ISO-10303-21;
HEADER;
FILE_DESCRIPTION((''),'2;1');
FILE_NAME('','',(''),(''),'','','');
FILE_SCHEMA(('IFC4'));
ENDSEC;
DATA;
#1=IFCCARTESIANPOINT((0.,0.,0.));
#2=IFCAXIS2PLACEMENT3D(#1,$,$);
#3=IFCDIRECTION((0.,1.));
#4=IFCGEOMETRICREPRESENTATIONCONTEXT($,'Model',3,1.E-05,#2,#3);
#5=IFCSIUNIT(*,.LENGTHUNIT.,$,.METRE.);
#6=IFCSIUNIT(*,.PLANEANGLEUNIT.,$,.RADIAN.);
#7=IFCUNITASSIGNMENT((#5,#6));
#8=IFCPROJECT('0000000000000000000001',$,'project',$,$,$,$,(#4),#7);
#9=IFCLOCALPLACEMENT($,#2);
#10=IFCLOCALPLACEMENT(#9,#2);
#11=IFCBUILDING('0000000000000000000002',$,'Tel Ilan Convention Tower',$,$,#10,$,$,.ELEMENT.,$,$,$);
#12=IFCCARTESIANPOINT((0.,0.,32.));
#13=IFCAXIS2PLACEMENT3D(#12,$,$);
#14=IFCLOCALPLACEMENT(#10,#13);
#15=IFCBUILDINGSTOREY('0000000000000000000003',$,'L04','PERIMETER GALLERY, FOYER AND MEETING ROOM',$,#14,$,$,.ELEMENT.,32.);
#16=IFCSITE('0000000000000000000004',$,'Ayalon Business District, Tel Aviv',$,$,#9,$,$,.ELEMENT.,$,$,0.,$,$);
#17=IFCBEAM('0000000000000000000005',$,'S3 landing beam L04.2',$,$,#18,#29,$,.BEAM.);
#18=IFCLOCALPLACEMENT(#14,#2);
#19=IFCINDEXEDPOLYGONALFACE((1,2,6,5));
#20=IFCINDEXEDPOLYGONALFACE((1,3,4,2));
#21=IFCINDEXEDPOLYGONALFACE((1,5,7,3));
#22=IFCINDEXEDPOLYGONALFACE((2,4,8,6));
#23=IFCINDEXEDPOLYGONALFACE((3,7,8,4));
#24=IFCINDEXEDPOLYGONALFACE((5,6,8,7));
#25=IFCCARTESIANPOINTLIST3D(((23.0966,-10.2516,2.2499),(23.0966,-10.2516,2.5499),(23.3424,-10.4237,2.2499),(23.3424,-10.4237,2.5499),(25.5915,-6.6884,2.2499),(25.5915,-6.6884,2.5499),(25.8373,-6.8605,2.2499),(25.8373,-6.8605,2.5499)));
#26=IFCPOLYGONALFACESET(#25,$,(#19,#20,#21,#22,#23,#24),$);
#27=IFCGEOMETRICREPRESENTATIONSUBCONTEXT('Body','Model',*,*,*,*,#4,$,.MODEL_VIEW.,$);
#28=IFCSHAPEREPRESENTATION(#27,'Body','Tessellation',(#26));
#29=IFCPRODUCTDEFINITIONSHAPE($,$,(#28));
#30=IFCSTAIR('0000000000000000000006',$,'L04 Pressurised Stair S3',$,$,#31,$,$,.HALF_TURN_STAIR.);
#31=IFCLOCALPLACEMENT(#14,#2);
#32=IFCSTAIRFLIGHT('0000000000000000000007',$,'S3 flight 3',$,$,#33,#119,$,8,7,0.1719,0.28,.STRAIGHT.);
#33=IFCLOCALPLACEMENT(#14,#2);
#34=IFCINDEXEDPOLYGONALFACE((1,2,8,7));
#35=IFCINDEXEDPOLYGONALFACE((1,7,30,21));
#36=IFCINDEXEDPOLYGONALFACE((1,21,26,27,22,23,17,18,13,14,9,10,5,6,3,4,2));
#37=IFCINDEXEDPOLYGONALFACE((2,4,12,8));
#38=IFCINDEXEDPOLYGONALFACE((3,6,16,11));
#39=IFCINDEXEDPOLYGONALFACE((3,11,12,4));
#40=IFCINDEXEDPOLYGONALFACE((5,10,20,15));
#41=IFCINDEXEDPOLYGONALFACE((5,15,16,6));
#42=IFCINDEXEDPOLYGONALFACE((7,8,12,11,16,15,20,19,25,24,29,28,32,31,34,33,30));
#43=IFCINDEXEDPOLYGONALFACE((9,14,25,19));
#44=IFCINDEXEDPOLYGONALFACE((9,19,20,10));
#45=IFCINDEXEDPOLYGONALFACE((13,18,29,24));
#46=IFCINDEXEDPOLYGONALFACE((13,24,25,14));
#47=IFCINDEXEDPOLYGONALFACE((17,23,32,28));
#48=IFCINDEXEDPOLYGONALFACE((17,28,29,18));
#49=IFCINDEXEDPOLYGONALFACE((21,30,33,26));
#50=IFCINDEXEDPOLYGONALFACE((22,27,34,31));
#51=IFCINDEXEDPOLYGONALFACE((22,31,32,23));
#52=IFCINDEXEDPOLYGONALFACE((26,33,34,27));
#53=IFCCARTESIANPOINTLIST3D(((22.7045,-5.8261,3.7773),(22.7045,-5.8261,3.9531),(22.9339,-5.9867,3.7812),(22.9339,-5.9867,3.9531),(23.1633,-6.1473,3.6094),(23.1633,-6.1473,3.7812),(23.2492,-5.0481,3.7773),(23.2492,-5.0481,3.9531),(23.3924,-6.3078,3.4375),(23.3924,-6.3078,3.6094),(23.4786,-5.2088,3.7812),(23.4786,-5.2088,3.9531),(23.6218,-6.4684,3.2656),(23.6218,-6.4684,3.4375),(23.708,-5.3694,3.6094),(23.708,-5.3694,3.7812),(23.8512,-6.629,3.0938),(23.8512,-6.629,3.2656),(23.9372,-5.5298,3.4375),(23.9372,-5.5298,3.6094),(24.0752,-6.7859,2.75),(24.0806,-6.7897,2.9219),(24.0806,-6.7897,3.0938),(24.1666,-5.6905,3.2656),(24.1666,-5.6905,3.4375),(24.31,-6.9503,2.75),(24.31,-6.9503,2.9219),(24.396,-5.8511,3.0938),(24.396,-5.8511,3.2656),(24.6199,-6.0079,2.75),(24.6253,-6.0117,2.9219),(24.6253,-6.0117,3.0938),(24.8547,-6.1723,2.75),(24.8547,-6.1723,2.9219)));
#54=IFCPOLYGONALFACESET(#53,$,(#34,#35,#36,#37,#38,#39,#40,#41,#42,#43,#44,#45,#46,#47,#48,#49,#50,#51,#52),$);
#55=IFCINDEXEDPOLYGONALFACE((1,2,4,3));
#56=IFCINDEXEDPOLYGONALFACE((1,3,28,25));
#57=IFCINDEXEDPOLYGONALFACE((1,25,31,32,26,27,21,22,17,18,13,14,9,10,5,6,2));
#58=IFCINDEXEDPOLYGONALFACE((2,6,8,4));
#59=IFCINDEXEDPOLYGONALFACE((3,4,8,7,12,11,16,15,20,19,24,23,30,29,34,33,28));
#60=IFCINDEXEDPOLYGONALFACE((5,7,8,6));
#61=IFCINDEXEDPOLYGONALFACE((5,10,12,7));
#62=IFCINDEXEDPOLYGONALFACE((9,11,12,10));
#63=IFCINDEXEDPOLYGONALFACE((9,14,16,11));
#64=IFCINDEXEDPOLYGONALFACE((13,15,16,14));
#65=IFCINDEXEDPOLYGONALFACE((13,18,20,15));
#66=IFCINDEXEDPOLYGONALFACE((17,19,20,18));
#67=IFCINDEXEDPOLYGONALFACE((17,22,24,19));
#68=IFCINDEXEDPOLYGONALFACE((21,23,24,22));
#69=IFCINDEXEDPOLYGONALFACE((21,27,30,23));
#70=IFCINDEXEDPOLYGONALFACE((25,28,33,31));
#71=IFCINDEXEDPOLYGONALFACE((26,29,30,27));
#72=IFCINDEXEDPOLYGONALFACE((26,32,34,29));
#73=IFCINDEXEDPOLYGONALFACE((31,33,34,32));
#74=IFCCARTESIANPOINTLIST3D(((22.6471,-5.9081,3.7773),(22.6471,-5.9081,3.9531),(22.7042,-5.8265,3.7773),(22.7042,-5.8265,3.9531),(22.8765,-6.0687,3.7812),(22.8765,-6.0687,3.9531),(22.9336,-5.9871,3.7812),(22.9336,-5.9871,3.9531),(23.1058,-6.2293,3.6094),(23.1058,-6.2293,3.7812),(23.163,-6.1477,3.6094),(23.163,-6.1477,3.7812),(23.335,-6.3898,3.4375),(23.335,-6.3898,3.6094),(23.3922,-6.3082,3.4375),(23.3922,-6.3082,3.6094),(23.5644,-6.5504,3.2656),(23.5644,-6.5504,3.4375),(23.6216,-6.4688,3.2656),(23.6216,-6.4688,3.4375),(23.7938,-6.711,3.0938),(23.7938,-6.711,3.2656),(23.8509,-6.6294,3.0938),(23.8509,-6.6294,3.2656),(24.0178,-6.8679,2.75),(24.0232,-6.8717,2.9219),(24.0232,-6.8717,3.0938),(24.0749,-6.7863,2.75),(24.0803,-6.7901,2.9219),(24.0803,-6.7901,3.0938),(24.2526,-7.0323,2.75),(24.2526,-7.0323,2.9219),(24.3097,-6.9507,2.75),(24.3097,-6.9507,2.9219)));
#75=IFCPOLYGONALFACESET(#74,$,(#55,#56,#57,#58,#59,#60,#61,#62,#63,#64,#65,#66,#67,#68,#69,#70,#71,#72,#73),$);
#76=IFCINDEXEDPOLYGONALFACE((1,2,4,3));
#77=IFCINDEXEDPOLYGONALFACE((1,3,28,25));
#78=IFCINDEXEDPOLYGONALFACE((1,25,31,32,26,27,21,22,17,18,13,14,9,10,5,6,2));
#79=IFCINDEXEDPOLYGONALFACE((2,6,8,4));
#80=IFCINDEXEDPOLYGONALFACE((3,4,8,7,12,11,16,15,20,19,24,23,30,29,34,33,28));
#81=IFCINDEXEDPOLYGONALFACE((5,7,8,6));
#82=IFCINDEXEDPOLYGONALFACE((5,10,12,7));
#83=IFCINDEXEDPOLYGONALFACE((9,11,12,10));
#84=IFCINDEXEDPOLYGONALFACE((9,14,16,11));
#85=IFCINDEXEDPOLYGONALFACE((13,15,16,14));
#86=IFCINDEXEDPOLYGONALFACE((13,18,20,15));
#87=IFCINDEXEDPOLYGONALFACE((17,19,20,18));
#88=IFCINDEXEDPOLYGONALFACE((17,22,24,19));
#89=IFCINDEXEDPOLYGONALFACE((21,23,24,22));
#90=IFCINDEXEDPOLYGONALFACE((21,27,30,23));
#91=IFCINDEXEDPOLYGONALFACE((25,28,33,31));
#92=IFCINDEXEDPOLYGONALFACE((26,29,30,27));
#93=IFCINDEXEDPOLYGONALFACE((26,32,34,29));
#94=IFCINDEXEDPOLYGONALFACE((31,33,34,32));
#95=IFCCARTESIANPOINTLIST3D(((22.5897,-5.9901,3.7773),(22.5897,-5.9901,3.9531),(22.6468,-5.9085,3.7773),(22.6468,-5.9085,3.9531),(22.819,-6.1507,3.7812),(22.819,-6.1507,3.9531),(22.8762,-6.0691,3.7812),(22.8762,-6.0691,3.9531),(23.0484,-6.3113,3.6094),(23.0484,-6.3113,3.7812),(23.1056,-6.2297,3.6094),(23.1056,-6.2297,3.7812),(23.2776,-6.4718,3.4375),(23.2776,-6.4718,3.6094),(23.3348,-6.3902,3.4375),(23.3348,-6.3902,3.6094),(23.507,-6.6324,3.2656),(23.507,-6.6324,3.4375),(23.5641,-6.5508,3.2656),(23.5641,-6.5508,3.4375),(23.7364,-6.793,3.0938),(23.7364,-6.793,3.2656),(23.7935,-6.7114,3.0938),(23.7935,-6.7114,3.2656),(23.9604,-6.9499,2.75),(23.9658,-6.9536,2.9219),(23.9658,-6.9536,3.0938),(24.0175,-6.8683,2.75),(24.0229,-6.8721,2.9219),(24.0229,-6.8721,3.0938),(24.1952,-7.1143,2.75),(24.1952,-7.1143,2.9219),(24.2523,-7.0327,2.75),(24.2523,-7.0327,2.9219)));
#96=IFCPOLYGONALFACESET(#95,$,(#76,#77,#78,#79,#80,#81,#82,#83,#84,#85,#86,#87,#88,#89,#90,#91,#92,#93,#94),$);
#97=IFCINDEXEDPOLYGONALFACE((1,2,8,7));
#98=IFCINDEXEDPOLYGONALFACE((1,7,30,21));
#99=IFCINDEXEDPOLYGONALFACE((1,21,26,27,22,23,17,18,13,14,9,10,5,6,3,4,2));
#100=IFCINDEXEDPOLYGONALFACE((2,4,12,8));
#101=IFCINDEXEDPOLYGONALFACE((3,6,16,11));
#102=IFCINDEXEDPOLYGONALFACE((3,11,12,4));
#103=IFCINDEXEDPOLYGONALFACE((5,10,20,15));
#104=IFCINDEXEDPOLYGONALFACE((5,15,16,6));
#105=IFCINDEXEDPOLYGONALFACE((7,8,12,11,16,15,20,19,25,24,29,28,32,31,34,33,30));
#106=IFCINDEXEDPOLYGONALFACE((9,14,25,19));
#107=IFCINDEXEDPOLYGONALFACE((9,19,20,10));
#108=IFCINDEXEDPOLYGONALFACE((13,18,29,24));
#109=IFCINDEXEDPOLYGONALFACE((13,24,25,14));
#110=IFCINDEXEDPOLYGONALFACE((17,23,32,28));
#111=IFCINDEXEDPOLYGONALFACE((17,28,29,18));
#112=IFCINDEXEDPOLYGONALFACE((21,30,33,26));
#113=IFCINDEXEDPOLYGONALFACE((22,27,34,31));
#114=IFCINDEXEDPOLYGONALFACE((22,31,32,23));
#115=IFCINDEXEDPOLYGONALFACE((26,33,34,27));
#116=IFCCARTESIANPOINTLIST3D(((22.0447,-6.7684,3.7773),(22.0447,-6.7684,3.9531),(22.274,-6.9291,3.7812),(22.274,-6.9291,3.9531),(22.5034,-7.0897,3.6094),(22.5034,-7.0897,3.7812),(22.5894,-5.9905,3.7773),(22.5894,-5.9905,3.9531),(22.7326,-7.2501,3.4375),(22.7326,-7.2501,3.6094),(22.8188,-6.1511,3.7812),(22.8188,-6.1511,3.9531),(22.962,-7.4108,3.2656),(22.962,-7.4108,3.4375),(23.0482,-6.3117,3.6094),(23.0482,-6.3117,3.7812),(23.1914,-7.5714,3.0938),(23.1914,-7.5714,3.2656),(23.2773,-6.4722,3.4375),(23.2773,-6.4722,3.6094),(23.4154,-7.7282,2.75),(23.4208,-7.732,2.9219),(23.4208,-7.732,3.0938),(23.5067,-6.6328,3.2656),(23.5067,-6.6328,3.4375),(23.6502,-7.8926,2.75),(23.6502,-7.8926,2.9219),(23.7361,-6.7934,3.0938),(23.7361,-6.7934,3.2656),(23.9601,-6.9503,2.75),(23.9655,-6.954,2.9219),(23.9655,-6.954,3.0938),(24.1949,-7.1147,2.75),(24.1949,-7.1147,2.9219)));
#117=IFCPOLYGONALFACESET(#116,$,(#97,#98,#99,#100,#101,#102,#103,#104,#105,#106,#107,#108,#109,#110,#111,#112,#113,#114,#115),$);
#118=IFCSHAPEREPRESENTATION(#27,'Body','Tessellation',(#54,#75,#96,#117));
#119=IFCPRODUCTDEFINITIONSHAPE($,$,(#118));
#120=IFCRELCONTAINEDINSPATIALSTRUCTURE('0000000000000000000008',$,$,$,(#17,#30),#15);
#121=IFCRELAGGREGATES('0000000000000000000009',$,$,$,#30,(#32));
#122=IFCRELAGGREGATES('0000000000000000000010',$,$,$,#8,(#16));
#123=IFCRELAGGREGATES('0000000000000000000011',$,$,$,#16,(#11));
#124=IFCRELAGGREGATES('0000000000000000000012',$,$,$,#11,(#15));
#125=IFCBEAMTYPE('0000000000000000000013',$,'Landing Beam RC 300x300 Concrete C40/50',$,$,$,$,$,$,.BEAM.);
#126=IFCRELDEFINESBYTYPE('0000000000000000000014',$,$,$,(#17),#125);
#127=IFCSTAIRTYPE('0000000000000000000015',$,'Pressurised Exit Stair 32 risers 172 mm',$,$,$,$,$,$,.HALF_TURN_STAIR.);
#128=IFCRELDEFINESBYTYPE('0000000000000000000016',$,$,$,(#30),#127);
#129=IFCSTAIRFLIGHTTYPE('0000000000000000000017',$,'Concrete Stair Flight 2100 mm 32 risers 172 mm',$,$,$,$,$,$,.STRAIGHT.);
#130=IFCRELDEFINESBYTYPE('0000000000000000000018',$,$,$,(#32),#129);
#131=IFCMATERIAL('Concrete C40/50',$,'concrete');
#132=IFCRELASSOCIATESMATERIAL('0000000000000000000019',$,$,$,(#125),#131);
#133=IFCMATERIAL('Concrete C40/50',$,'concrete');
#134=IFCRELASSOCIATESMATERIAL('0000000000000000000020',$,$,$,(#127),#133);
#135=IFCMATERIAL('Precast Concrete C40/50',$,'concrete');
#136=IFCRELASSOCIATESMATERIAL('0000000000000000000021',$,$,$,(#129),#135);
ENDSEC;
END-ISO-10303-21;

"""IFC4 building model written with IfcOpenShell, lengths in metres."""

from ifc_helpers import new_model, si_unit, direction, frame, origin, origin_2d, place, context, subcontext, project, spatial, polyline, rectangle, outline, extrude, material, material_profile, profile_set, type_object, element, aggregate, save


model = new_model("IFC4")

# Units and contexts
model_context = context("Model", 3, precision=1e-05, world=origin(), true_north=direction((0.0, 1.0)))
body_context = subcontext(model_context, "Body", "Model", "MODEL_VIEW")
ifc_project = project(units=[si_unit("LENGTHUNIT", "METRE"), si_unit("PLANEANGLEUNIT", "RADIAN")], contexts=[model_context])

# Site, building, storey
site_placement = place(None, origin())
site = spatial("IfcSite", under=ifc_project, at=site_placement, Name="Ayalon Business District, Tel Aviv", CompositionType="ELEMENT", RefElevation=0.0)
building_placement = place(site_placement, origin())
building = spatial("IfcBuilding", under=site, at=building_placement, Name="Tel Ilan Convention Tower", CompositionType="ELEMENT")
storey_placement = place(building_placement, frame((0.0, 0.0, 32.0)))
storey = spatial("IfcBuildingStorey", under=building, at=storey_placement, Name="L04", Description="PERIMETER GALLERY, FOYER AND MEETING ROOM", CompositionType="ELEMENT", Elevation=32.0)

# Beam
ifc_material_1 = material(Name="Concrete C40/50", Category="concrete")
ifc_material_profile = material_profile(ifc_material_1, rectangle(XDim=0.3, YDim=0.3, at=origin_2d()), Name="RC 300x300")
ifc_profile_set = profile_set([ifc_material_profile], Name="Concrete C40/50")
beam_type = type_object("IfcBeamType", Name="Landing Beam RC 300x300 Concrete C40/50", PredefinedType="BEAM", material=ifc_profile_set)
beam_placement = place(storey_placement, frame((25.7144, -6.7744, 2.3999), z_axis=(-0.573557, -0.819166, 0.0), x_axis=(0.819166, -0.573557, 0.0)))
element("IfcBeam", 1, at=beam_placement, inside=storey, type_object=beam_type, Name="S3 landing beam L04.2", PredefinedType="BEAM", context=body_context, shape_type="SweptSolid", body=[
    extrude(rectangle(XDim=0.3, YDim=0.3, at=origin_2d()), origin(), (0.0, 0.0, 1.0), 4.3499),
])

# Stair, stair flight
ifc_material_2 = material(Name="Concrete C40/50", Category="concrete")
stair_type = type_object("IfcStairType", Name="Pressurised Exit Stair 32 risers 172 mm", PredefinedType="HALF_TURN_STAIR", material=ifc_material_2)
stair_placement = place(storey_placement, origin())
stair = element("IfcStair", 2, at=stair_placement, inside=storey, type_object=stair_type, Name="L04 Pressurised Stair S3", PredefinedType="HALF_TURN_STAIR")
ifc_material_3 = material(Name="Precast Concrete C40/50", Category="concrete")
stair_flight_type = type_object("IfcStairFlightType", Name="Concrete Stair Flight 2100 mm 32 risers 172 mm", PredefinedType="STRAIGHT", material=ifc_material_3)
stair_flight_placement = place(storey_placement, frame((24.2524, -7.0325, 2.75), z_axis=(0.0, 0.0, 1.0), x_axis=(-0.819152, 0.573576, 0.0)))
stair_flight = element("IfcStairFlight", 3, at=stair_flight_placement, type_object=stair_flight_type, Name="S3 flight 3", NumberOfRisers=8, NumberOfTreads=7, PredefinedType="STRAIGHT", RiserHeight=0.1719, TreadLength=0.28, context=body_context, shape_type="SweptSolid", body=[
    extrude(outline(polyline([(0.0, 0.0), (0.0, 0.1719), (0.28, 0.1719), (0.28, 0.3438), (0.5601, 0.3438), (0.5601, 0.5156), (0.8401, 0.5156), (0.8401, 0.6875), (1.1201, 0.6875), (1.1201, 0.8594), (1.3999, 0.8594), (1.3999, 1.0312), (1.6799, 1.0312), (1.6799, 1.2031), (1.96, 1.2031), (1.96, 1.375), (1.96, 1.0273), (0.2866, 0.0), (0.0, 0.0)])), frame((0.0, -0.1003, 0.0), z_axis=(0.0, -1.0, 0.0), x_axis=(1.0, 0.0, 0.0)), (0.0, 0.0, 1.0), 0.9497),
    extrude(outline(polyline([(0.0, 0.0), (0.0, 0.1719), (0.28, 0.1719), (0.28, 0.3438), (0.5601, 0.3438), (0.5601, 0.5156), (0.8401, 0.5156), (0.8401, 0.6875), (1.1201, 0.6875), (1.1201, 0.8594), (1.3999, 0.8594), (1.3999, 1.0312), (1.6799, 1.0312), (1.6799, 1.2031), (1.96, 1.2031), (1.96, 1.375), (1.96, 1.0273), (0.2866, 0.0), (0.0, 0.0)])), frame((0.0, -0.0002, 0.0), z_axis=(0.0, -1.0, 0.0), x_axis=(1.0, 0.0, 0.0)), (0.0, 0.0, 1.0), 0.0996),
    extrude(outline(polyline([(0.0, 0.0), (0.0, 0.1719), (0.28, 0.1719), (0.28, 0.3438), (0.5601, 0.3438), (0.5601, 0.5156), (0.8401, 0.5156), (0.8401, 0.6875), (1.1201, 0.6875), (1.1201, 0.8594), (1.3999, 0.8594), (1.3999, 1.0312), (1.6799, 1.0312), (1.6799, 1.2031), (1.96, 1.2031), (1.96, 1.375), (1.96, 1.0273), (0.2866, 0.0), (0.0, 0.0)])), frame((0.0, 0.0999, 0.0), z_axis=(0.0, -1.0, 0.0), x_axis=(1.0, 0.0, 0.0)), (0.0, 0.0, 1.0), 0.0996),
    extrude(outline(polyline([(0.0, 0.0), (0.0, 0.1719), (0.28, 0.1719), (0.28, 0.3438), (0.5601, 0.3438), (0.5601, 0.5156), (0.8401, 0.5156), (0.8401, 0.6875), (1.1201, 0.6875), (1.1201, 0.8594), (1.3999, 0.8594), (1.3999, 1.0312), (1.6799, 1.0312), (1.6799, 1.2031), (1.96, 1.2031), (1.96, 1.375), (1.96, 1.0273), (0.2866, 0.0), (0.0, 0.0)])), frame((0.0, 1.05, 0.0), z_axis=(0.0, -1.0, 0.0), x_axis=(1.0, 0.0, 0.0)), (0.0, 0.0, 1.0), 0.9497),
])
aggregate(stair, [stair_flight])

save(model, "model.ifc")
